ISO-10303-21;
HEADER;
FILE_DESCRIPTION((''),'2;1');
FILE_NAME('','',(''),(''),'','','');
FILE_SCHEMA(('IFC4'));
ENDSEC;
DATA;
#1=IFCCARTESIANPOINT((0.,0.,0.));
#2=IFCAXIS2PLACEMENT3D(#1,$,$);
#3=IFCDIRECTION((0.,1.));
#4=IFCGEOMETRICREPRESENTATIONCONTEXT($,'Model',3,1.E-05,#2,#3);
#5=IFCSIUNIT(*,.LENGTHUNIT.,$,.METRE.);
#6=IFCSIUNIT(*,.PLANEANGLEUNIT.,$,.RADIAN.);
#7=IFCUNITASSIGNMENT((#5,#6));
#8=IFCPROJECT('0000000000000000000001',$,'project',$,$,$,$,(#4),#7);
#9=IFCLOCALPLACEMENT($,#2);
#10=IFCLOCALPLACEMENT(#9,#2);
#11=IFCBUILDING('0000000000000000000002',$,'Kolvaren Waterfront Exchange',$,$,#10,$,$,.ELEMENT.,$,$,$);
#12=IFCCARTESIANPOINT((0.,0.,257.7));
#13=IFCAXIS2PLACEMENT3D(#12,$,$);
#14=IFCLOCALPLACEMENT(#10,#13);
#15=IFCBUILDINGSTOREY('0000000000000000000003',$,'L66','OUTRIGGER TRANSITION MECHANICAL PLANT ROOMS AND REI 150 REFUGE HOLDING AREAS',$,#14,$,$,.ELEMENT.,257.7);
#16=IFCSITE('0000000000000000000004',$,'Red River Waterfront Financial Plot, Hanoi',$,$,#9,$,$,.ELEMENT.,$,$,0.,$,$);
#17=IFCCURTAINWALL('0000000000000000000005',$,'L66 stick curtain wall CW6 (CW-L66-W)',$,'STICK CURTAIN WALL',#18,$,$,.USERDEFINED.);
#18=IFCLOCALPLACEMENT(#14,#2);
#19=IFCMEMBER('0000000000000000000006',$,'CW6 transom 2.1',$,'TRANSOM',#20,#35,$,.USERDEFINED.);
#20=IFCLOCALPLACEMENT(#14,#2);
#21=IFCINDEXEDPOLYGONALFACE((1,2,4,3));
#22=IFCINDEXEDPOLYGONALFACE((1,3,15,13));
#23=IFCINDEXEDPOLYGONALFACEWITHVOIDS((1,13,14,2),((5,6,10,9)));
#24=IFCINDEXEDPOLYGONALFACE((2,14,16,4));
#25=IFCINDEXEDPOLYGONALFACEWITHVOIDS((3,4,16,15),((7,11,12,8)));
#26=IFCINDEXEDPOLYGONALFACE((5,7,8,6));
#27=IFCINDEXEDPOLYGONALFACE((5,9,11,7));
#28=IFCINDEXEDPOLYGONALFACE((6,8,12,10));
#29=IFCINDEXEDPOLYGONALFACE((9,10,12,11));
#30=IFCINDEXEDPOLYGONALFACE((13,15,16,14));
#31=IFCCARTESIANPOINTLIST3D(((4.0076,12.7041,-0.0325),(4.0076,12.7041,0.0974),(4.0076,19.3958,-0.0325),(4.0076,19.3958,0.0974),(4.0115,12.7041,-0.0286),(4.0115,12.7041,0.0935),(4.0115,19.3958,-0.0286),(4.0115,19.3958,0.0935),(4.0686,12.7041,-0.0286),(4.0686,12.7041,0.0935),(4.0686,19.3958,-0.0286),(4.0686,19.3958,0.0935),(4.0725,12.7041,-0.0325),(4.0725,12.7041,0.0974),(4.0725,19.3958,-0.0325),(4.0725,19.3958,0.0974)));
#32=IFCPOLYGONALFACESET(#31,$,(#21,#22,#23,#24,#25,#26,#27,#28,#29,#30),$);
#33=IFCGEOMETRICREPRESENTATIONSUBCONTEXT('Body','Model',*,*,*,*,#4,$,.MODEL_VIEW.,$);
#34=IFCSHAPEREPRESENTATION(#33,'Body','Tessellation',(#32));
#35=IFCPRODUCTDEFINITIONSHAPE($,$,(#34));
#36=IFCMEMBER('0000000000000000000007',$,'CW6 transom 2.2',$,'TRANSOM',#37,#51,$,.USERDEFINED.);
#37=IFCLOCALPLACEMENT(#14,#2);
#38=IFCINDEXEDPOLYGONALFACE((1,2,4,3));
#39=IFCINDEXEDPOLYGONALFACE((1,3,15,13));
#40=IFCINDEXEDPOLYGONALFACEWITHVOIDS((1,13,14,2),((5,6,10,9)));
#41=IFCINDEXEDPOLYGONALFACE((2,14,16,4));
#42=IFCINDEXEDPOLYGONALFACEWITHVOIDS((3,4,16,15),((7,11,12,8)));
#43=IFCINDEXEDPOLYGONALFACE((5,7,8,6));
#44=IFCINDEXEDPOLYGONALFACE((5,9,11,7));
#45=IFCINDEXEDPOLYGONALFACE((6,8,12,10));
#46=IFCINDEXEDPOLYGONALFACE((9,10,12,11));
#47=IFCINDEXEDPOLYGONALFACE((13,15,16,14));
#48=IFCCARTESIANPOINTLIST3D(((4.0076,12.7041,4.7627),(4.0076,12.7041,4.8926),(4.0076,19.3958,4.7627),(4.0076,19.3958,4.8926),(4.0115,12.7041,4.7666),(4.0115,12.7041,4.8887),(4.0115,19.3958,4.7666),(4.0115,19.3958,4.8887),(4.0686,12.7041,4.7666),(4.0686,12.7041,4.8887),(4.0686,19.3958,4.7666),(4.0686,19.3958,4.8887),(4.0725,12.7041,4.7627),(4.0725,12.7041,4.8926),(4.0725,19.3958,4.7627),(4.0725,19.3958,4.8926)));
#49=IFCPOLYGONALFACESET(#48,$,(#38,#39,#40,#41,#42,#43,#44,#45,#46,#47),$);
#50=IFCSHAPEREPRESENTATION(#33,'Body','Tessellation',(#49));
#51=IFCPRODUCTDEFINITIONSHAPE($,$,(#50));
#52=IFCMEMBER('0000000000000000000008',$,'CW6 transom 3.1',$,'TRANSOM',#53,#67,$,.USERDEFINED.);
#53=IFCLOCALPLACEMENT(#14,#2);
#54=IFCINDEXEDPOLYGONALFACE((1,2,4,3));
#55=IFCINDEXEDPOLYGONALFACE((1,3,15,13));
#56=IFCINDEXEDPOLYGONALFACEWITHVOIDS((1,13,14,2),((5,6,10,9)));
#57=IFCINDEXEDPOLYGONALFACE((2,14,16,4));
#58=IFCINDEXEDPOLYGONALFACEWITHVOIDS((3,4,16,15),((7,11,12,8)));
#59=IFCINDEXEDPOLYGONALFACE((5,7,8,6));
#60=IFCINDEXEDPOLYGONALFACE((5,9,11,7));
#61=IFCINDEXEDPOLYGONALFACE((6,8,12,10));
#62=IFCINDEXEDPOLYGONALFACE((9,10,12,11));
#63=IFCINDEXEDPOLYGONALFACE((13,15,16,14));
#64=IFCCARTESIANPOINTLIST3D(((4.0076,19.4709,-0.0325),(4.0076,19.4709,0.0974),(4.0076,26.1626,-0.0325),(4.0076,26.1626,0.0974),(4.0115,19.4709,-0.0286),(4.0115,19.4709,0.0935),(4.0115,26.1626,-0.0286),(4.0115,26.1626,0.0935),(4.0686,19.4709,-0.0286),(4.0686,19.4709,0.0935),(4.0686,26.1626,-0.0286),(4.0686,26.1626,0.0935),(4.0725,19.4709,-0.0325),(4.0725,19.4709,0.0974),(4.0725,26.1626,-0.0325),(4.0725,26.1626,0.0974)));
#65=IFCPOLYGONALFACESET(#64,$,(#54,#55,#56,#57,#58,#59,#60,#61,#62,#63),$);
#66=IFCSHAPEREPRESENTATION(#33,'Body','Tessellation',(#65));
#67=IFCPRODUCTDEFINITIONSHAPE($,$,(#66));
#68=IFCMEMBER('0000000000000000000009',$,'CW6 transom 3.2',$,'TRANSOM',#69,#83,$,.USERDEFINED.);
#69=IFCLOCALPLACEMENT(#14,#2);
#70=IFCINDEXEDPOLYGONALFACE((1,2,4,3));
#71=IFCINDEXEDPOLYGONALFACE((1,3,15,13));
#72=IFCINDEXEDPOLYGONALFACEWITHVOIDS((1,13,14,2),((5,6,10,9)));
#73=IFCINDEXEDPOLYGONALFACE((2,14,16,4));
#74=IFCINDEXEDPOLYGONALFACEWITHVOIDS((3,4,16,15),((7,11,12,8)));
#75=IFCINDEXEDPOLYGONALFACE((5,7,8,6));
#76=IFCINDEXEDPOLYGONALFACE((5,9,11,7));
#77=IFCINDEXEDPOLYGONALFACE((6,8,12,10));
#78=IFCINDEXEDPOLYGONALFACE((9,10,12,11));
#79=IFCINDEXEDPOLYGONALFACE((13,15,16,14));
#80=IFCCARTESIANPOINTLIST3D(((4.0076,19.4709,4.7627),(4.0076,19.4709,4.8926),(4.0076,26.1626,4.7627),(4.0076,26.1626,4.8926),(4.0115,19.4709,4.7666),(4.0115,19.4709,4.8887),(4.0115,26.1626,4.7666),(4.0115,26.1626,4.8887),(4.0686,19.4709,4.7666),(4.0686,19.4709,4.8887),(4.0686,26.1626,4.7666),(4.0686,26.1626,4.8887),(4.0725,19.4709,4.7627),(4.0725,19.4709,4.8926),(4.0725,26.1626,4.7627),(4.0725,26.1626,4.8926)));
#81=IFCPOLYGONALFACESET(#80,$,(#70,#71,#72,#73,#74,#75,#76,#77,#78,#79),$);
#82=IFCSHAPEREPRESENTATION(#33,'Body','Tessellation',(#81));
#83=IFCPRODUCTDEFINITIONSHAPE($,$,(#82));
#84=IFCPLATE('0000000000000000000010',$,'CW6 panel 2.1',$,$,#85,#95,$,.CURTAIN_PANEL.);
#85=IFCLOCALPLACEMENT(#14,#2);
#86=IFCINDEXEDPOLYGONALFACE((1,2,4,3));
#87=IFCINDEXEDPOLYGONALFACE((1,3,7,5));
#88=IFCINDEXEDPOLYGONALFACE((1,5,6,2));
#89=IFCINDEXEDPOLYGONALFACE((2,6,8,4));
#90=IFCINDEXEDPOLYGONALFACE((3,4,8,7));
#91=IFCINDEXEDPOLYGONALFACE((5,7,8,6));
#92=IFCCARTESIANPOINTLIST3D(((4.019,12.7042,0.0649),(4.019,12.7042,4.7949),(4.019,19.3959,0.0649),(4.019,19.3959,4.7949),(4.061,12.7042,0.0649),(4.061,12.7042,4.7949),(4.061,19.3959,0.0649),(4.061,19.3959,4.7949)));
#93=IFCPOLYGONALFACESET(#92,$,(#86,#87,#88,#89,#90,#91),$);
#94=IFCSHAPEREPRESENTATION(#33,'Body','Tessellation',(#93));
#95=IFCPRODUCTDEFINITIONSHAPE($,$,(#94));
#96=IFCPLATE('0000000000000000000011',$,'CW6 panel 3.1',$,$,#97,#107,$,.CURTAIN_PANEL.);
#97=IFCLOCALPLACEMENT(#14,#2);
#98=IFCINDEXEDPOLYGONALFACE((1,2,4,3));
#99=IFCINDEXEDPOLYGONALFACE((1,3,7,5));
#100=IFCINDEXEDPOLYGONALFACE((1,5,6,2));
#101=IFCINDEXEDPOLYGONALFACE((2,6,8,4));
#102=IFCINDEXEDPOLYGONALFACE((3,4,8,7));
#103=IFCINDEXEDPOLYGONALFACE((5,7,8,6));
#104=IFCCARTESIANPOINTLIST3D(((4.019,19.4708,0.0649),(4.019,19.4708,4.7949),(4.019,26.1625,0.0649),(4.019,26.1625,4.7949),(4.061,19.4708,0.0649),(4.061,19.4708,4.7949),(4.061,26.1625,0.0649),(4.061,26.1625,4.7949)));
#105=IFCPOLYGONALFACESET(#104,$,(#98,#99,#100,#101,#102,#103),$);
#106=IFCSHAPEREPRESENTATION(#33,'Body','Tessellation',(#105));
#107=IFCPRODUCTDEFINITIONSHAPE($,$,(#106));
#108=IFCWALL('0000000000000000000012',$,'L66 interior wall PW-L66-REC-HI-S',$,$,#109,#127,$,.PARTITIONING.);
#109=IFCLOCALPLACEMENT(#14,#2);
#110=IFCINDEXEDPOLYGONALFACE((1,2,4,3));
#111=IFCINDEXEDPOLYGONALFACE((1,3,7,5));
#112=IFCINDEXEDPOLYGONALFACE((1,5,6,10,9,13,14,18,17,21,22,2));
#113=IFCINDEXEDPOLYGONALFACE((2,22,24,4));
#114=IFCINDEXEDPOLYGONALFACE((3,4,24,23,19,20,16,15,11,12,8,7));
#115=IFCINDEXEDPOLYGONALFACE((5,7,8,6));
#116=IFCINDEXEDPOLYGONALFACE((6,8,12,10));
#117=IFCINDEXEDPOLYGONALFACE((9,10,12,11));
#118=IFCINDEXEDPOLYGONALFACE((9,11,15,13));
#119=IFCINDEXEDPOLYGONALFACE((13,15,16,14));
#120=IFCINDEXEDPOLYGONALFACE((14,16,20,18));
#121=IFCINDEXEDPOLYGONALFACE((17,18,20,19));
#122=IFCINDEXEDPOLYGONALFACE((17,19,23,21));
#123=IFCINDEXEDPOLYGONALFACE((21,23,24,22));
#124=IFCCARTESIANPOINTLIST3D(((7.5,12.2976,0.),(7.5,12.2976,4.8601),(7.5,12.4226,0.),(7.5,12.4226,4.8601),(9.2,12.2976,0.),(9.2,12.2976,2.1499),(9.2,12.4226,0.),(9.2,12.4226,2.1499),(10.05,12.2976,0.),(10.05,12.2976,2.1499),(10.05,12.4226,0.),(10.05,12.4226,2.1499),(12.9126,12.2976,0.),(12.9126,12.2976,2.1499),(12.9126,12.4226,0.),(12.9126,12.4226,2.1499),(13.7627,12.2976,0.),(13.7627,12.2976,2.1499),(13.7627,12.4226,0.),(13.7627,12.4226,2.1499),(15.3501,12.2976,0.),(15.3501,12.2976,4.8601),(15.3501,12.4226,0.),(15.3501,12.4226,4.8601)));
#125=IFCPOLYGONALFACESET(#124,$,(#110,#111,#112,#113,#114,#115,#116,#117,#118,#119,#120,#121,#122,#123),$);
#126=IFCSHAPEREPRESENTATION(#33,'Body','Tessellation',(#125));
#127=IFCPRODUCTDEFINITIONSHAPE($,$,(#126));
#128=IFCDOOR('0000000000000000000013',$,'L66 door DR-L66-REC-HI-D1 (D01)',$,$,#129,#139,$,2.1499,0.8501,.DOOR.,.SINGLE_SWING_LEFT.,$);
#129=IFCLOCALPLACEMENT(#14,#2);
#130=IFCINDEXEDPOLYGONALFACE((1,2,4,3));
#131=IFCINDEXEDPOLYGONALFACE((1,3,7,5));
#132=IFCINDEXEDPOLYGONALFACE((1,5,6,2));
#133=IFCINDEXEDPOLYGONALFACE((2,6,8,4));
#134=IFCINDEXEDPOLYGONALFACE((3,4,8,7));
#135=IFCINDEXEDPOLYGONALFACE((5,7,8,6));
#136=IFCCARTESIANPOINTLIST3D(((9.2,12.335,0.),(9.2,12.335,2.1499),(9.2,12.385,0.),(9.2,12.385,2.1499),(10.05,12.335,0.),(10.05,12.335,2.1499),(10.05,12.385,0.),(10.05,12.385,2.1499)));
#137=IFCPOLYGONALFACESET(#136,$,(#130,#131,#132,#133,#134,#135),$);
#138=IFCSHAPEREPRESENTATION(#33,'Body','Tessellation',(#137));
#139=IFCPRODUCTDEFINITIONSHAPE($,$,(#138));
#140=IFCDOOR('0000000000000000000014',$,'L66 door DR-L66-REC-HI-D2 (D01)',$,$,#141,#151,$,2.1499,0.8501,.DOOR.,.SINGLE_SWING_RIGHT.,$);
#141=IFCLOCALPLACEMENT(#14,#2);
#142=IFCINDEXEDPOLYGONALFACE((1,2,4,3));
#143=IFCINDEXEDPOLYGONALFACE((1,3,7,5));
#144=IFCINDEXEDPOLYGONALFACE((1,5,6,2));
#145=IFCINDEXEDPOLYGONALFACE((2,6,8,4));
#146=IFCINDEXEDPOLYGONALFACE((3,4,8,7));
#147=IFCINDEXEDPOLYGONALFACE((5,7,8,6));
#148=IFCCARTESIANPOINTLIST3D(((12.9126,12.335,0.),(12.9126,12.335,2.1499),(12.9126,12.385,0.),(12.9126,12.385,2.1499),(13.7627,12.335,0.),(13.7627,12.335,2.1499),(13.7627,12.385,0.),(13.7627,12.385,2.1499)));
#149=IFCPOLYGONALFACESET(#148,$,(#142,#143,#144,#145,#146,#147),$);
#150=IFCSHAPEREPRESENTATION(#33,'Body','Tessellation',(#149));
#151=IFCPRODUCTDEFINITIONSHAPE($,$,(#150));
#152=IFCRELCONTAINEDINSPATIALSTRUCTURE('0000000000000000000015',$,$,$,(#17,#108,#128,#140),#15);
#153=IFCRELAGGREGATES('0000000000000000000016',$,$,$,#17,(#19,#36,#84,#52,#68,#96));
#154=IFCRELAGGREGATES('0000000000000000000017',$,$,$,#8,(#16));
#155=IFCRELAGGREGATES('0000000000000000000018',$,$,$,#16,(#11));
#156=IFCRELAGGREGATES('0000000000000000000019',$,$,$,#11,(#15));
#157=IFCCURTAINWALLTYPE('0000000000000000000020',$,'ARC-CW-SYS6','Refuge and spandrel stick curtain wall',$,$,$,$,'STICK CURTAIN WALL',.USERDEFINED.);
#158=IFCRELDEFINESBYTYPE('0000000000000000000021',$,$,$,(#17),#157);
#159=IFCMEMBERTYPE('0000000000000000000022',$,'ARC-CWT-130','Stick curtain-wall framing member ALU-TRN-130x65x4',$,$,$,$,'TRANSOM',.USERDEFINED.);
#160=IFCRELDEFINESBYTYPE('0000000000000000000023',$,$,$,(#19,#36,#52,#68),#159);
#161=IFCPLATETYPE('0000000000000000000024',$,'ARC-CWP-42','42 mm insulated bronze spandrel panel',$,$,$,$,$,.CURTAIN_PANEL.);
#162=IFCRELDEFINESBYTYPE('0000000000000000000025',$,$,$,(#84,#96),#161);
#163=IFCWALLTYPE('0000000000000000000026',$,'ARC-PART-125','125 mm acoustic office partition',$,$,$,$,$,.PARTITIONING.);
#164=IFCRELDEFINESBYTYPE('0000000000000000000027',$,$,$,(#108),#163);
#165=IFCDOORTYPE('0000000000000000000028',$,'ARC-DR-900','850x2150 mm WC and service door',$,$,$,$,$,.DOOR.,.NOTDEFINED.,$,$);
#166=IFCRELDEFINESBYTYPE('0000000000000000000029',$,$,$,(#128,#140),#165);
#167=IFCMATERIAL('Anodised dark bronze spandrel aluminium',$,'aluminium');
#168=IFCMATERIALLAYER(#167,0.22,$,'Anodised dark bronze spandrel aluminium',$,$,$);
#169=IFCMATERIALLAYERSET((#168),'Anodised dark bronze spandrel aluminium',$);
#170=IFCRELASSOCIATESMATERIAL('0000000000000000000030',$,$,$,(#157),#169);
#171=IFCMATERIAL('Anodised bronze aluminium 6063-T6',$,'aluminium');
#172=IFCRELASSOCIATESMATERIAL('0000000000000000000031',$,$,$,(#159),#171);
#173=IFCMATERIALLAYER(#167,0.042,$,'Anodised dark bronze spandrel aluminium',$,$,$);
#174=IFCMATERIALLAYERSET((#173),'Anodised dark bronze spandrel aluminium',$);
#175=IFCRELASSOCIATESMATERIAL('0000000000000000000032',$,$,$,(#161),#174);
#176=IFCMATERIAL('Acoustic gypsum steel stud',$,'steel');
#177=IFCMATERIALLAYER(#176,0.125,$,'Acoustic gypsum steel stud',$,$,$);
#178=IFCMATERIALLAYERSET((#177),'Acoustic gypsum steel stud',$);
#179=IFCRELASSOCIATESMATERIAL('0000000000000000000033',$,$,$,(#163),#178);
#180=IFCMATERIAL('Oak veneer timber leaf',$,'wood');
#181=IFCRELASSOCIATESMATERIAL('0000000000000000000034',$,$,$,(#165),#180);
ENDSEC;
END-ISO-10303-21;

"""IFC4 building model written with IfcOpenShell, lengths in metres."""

from ifc_helpers import new_model, si_unit, direction, frame, frame_2d, origin, origin_with_axes, origin_2d, place, context, subcontext, project, spatial, rectangle, hollow_rectangle, extrude, source, transform, mapped, material, layer, layer_set, material_profile, profile_set, type_object, element, fill, aggregate, save


model = new_model("IFC4")

# Units and contexts
model_context = context("Model", 3, precision=1e-05, world=origin(), true_north=direction((0.0, 1.0)))
body_context = subcontext(model_context, "Body", "Model", "MODEL_VIEW")
ifc_project = project(units=[si_unit("LENGTHUNIT", "METRE"), si_unit("PLANEANGLEUNIT", "RADIAN")], contexts=[model_context])

# Site, building, storey
site_placement = place(None, origin())
site = spatial("IfcSite", under=ifc_project, at=site_placement, Name="Red River Waterfront Financial Plot, Hanoi", CompositionType="ELEMENT", RefElevation=0.0)
building_placement = place(site_placement, origin())
building = spatial("IfcBuilding", under=site, at=building_placement, Name="Kolvaren Waterfront Exchange", CompositionType="ELEMENT")
storey_placement = place(building_placement, frame((0.0, 0.0, 257.7)))
storey = spatial("IfcBuildingStorey", under=building, at=storey_placement, Name="L66", Description="OUTRIGGER TRANSITION MECHANICAL PLANT ROOMS AND REI 150 REFUGE HOLDING AREAS", CompositionType="ELEMENT", Elevation=257.7)

# Curtain wall, members, plates
ifc_material_1 = material(Name="Anodised dark bronze spandrel aluminium", Category="aluminium")
ifc_layer_1 = layer(ifc_material_1, 0.22, Name="Anodised dark bronze spandrel aluminium")
ifc_layer_set_1 = layer_set([ifc_layer_1], Name="Anodised dark bronze spandrel aluminium")
curtain_wall_type = type_object("IfcCurtainWallType", Name="ARC-CW-SYS6", Description="Refuge and spandrel stick curtain wall", ElementType="STICK CURTAIN WALL", PredefinedType="USERDEFINED", material=ifc_layer_set_1)
curtain_wall_placement = place(storey_placement, origin())
curtain_wall = element("IfcCurtainWall", 1, at=curtain_wall_placement, inside=storey, type_object=curtain_wall_type, Name="L66 stick curtain wall CW6 (CW-L66-W)", ObjectType="STICK CURTAIN WALL", PredefinedType="USERDEFINED")
ifc_material_2 = material(Name="Anodised bronze aluminium 6063-T6", Category="aluminium")
ifc_material_profile_1 = material_profile(ifc_material_2, hollow_rectangle(XDim=0.0649, YDim=0.1299, WallThickness=0.0039, at=origin_2d()), Name="ALU-TRN-130x65x4")
ifc_profile_set_1 = profile_set([ifc_material_profile_1], Name="Anodised bronze aluminium 6063-T6")
member_type_1 = type_object("IfcMemberType", Name="ARC-CWT-130", Description="Stick curtain-wall framing member ALU-TRN-130x65x4", ElementType="TRANSOM", PredefinedType="USERDEFINED", material=ifc_profile_set_1)
shared_shape_1 = source(origin_with_axes(), body_context, "Body", "SweptSolid", [
    extrude(hollow_rectangle(XDim=0.0649, YDim=0.1299, WallThickness=0.0039, at=origin_2d()), origin(), (0.0, 0.0, 1.0), 6.6917),
])
member_1_placement = place(storey_placement, frame((4.04, 12.7041, 0.0325), z_axis=(0.0, 1.0, 0.0), x_axis=(-1.0, 0.0, 0.0)))
member_1 = element("IfcMember", 2, at=member_1_placement, type_object=member_type_1, Name="CW6 transom 2.1", ObjectType="TRANSOM", PredefinedType="USERDEFINED", context=body_context, shape_type="MappedRepresentation", body=[
    mapped(shared_shape_1, transform((0.0, 0.0, 0.0), x_axis=(1.0, 0.0, 0.0), y_axis=(0.0, 1.0, 0.0), z_axis=(0.0, 0.0, 1.0), scale=1.0)),
])
member_2_placement = place(storey_placement, frame((4.04, 12.7041, 4.8276), z_axis=(0.0, 1.0, 0.0), x_axis=(-1.0, 0.0, 0.0)))
member_2 = element("IfcMember", 3, at=member_2_placement, type_object=member_type_1, Name="CW6 transom 2.2", ObjectType="TRANSOM", PredefinedType="USERDEFINED", context=body_context, shape_type="MappedRepresentation", body=[
    mapped(shared_shape_1, transform((0.0, 0.0, 0.0), x_axis=(1.0, 0.0, 0.0), y_axis=(0.0, 1.0, 0.0), z_axis=(0.0, 0.0, 1.0), scale=1.0)),
])
member_3_placement = place(storey_placement, frame((4.04, 19.4709, 0.0325), z_axis=(0.0, 1.0, 0.0), x_axis=(-1.0, 0.0, 0.0)))
member_3 = element("IfcMember", 4, at=member_3_placement, type_object=member_type_1, Name="CW6 transom 3.1", ObjectType="TRANSOM", PredefinedType="USERDEFINED", context=body_context, shape_type="MappedRepresentation", body=[
    mapped(shared_shape_1, transform((0.0, 0.0, 0.0), x_axis=(1.0, 0.0, 0.0), y_axis=(0.0, 1.0, 0.0), z_axis=(0.0, 0.0, 1.0), scale=1.0)),
])
member_4_placement = place(storey_placement, frame((4.04, 19.4709, 4.8276), z_axis=(0.0, 1.0, 0.0), x_axis=(-1.0, 0.0, 0.0)))
member_4 = element("IfcMember", 5, at=member_4_placement, type_object=member_type_1, Name="CW6 transom 3.2", ObjectType="TRANSOM", PredefinedType="USERDEFINED", context=body_context, shape_type="MappedRepresentation", body=[
    mapped(shared_shape_1, transform((0.0, 0.0, 0.0), x_axis=(1.0, 0.0, 0.0), y_axis=(0.0, 1.0, 0.0), z_axis=(0.0, 0.0, 1.0), scale=1.0)),
])
ifc_layer_2 = layer(ifc_material_1, 0.042, Name="Anodised dark bronze spandrel aluminium")
ifc_layer_set_2 = layer_set([ifc_layer_2], Name="Anodised dark bronze spandrel aluminium")
plate_type = type_object("IfcPlateType", Name="ARC-CWP-42", Description="42 mm insulated bronze spandrel panel", PredefinedType="CURTAIN_PANEL", material=ifc_layer_set_2)
shared_shape_2 = source(origin_with_axes(), body_context, "Body", "SweptSolid", [
    extrude(rectangle(XDim=6.6917, YDim=0.042, at=origin_2d()), origin(), (0.0, 0.0, 1.0), 4.73),
])
plate_1_placement = place(storey_placement, frame((4.04, 16.05, 0.0649), z_axis=(0.0, 0.0, 1.0), x_axis=(0.0, 1.0, 0.0)))
plate_1 = element("IfcPlate", 6, at=plate_1_placement, type_object=plate_type, Name="CW6 panel 2.1", PredefinedType="CURTAIN_PANEL", context=body_context, shape_type="MappedRepresentation", body=[
    mapped(shared_shape_2, transform((0.0, 0.0, 0.0), x_axis=(1.0, 0.0, 0.0), y_axis=(0.0, 1.0, 0.0), z_axis=(0.0, 0.0, 1.0), scale=1.0)),
])
plate_2_placement = place(storey_placement, frame((4.04, 22.8167, 0.0649), z_axis=(0.0, 0.0, 1.0), x_axis=(0.0, 1.0, 0.0)))
plate_2 = element("IfcPlate", 7, at=plate_2_placement, type_object=plate_type, Name="CW6 panel 3.1", PredefinedType="CURTAIN_PANEL", context=body_context, shape_type="MappedRepresentation", body=[
    mapped(shared_shape_2, transform((0.0, 0.0, 0.0), x_axis=(1.0, 0.0, 0.0), y_axis=(0.0, 1.0, 0.0), z_axis=(0.0, 0.0, 1.0), scale=1.0)),
])
aggregate(curtain_wall, [member_1, member_2, plate_1, member_3, member_4, plate_2])

# Wall, openings, doors
ifc_material_3 = material(Name="Acoustic gypsum steel stud", Category="steel")
ifc_layer_3 = layer(ifc_material_3, 0.125, Name="Acoustic gypsum steel stud")
ifc_layer_set_3 = layer_set([ifc_layer_3], Name="Acoustic gypsum steel stud")
wall_type_1 = type_object("IfcWallType", Name="ARC-PART-125", Description="125 mm acoustic office partition", PredefinedType="PARTITIONING", material=ifc_layer_set_3)
wall_1_placement = place(storey_placement, frame((7.5, 12.3601, 0.0), z_axis=(0.0, 0.0, 1.0), x_axis=(1.0, 0.0, 0.0)))
wall_1 = element("IfcWall", 8, at=wall_1_placement, inside=storey, type_object=wall_type_1, Name="L66 interior wall PW-L66-REC-HI-S", PredefinedType="PARTITIONING", context=body_context, shape_type="SweptSolid", body=[
    extrude(rectangle(XDim=7.8501, YDim=0.125, at=frame_2d((3.925, 0.0))), origin(), (0.0, 0.0, 1.0), 4.8601),
])
opening_1_placement = place(wall_1_placement, frame((1.7, 0.0, 0.0)))
opening_1 = element("IfcOpeningElement", 9, at=opening_1_placement, cuts=wall_1, PredefinedType="OPENING", context=body_context, shape_type="SweptSolid", body=[
    extrude(rectangle(XDim=0.8501, YDim=2.1499, at=frame_2d((0.425, 1.075))), frame((0.0, 0.0725, 0.0), z_axis=(0.0, -1.0, 0.0), x_axis=(1.0, 0.0, 0.0)), (0.0, 0.0, 1.0), 0.145),
])
opening_2_placement = place(wall_1_placement, frame((5.4126, 0.0, 0.0)))
opening_2 = element("IfcOpeningElement", 10, at=opening_2_placement, cuts=wall_1, PredefinedType="OPENING", context=body_context, shape_type="SweptSolid", body=[
    extrude(rectangle(XDim=0.8501, YDim=2.1499, at=frame_2d((0.425, 1.075))), frame((0.0, 0.0725, 0.0), z_axis=(0.0, -1.0, 0.0), x_axis=(1.0, 0.0, 0.0)), (0.0, 0.0, 1.0), 0.145),
])
ifc_material_4 = material(Name="Oak veneer timber leaf", Category="wood")
door_type_1 = type_object("IfcDoorType", Name="ARC-DR-900", Description="850x2150 mm WC and service door", OperationType="NOTDEFINED", PredefinedType="DOOR", material=ifc_material_4)
door_1_placement = place(opening_1_placement, origin())
door_1 = element("IfcDoor", 11, at=door_1_placement, inside=storey, type_object=door_type_1, Name="L66 door DR-L66-REC-HI-D1 (D01)", OperationType="SINGLE_SWING_LEFT", OverallHeight=2.1499, OverallWidth=0.8501, PredefinedType="DOOR", context=body_context, shape_type="SweptSolid", body=[
    extrude(rectangle(XDim=0.8501, YDim=2.1499, at=frame_2d((0.425, 1.075))), frame((0.0, 0.0249, 0.0), z_axis=(0.0, -1.0, 0.0), x_axis=(1.0, 0.0, 0.0)), (0.0, 0.0, 1.0), 0.05),
])
fill(opening_1, door_1)
door_2_placement = place(opening_2_placement, origin())
door_2 = element("IfcDoor", 12, at=door_2_placement, inside=storey, type_object=door_type_1, Name="L66 door DR-L66-REC-HI-D2 (D01)", OperationType="SINGLE_SWING_RIGHT", OverallHeight=2.1499, OverallWidth=0.8501, PredefinedType="DOOR", context=body_context, shape_type="SweptSolid", body=[
    extrude(rectangle(XDim=0.8501, YDim=2.1499, at=frame_2d((0.425, 1.075))), frame((0.0, 0.0249, 0.0), z_axis=(0.0, -1.0, 0.0), x_axis=(1.0, 0.0, 0.0)), (0.0, 0.0, 1.0), 0.05),
])
fill(opening_2, door_2)

save(model, "model.ifc")
